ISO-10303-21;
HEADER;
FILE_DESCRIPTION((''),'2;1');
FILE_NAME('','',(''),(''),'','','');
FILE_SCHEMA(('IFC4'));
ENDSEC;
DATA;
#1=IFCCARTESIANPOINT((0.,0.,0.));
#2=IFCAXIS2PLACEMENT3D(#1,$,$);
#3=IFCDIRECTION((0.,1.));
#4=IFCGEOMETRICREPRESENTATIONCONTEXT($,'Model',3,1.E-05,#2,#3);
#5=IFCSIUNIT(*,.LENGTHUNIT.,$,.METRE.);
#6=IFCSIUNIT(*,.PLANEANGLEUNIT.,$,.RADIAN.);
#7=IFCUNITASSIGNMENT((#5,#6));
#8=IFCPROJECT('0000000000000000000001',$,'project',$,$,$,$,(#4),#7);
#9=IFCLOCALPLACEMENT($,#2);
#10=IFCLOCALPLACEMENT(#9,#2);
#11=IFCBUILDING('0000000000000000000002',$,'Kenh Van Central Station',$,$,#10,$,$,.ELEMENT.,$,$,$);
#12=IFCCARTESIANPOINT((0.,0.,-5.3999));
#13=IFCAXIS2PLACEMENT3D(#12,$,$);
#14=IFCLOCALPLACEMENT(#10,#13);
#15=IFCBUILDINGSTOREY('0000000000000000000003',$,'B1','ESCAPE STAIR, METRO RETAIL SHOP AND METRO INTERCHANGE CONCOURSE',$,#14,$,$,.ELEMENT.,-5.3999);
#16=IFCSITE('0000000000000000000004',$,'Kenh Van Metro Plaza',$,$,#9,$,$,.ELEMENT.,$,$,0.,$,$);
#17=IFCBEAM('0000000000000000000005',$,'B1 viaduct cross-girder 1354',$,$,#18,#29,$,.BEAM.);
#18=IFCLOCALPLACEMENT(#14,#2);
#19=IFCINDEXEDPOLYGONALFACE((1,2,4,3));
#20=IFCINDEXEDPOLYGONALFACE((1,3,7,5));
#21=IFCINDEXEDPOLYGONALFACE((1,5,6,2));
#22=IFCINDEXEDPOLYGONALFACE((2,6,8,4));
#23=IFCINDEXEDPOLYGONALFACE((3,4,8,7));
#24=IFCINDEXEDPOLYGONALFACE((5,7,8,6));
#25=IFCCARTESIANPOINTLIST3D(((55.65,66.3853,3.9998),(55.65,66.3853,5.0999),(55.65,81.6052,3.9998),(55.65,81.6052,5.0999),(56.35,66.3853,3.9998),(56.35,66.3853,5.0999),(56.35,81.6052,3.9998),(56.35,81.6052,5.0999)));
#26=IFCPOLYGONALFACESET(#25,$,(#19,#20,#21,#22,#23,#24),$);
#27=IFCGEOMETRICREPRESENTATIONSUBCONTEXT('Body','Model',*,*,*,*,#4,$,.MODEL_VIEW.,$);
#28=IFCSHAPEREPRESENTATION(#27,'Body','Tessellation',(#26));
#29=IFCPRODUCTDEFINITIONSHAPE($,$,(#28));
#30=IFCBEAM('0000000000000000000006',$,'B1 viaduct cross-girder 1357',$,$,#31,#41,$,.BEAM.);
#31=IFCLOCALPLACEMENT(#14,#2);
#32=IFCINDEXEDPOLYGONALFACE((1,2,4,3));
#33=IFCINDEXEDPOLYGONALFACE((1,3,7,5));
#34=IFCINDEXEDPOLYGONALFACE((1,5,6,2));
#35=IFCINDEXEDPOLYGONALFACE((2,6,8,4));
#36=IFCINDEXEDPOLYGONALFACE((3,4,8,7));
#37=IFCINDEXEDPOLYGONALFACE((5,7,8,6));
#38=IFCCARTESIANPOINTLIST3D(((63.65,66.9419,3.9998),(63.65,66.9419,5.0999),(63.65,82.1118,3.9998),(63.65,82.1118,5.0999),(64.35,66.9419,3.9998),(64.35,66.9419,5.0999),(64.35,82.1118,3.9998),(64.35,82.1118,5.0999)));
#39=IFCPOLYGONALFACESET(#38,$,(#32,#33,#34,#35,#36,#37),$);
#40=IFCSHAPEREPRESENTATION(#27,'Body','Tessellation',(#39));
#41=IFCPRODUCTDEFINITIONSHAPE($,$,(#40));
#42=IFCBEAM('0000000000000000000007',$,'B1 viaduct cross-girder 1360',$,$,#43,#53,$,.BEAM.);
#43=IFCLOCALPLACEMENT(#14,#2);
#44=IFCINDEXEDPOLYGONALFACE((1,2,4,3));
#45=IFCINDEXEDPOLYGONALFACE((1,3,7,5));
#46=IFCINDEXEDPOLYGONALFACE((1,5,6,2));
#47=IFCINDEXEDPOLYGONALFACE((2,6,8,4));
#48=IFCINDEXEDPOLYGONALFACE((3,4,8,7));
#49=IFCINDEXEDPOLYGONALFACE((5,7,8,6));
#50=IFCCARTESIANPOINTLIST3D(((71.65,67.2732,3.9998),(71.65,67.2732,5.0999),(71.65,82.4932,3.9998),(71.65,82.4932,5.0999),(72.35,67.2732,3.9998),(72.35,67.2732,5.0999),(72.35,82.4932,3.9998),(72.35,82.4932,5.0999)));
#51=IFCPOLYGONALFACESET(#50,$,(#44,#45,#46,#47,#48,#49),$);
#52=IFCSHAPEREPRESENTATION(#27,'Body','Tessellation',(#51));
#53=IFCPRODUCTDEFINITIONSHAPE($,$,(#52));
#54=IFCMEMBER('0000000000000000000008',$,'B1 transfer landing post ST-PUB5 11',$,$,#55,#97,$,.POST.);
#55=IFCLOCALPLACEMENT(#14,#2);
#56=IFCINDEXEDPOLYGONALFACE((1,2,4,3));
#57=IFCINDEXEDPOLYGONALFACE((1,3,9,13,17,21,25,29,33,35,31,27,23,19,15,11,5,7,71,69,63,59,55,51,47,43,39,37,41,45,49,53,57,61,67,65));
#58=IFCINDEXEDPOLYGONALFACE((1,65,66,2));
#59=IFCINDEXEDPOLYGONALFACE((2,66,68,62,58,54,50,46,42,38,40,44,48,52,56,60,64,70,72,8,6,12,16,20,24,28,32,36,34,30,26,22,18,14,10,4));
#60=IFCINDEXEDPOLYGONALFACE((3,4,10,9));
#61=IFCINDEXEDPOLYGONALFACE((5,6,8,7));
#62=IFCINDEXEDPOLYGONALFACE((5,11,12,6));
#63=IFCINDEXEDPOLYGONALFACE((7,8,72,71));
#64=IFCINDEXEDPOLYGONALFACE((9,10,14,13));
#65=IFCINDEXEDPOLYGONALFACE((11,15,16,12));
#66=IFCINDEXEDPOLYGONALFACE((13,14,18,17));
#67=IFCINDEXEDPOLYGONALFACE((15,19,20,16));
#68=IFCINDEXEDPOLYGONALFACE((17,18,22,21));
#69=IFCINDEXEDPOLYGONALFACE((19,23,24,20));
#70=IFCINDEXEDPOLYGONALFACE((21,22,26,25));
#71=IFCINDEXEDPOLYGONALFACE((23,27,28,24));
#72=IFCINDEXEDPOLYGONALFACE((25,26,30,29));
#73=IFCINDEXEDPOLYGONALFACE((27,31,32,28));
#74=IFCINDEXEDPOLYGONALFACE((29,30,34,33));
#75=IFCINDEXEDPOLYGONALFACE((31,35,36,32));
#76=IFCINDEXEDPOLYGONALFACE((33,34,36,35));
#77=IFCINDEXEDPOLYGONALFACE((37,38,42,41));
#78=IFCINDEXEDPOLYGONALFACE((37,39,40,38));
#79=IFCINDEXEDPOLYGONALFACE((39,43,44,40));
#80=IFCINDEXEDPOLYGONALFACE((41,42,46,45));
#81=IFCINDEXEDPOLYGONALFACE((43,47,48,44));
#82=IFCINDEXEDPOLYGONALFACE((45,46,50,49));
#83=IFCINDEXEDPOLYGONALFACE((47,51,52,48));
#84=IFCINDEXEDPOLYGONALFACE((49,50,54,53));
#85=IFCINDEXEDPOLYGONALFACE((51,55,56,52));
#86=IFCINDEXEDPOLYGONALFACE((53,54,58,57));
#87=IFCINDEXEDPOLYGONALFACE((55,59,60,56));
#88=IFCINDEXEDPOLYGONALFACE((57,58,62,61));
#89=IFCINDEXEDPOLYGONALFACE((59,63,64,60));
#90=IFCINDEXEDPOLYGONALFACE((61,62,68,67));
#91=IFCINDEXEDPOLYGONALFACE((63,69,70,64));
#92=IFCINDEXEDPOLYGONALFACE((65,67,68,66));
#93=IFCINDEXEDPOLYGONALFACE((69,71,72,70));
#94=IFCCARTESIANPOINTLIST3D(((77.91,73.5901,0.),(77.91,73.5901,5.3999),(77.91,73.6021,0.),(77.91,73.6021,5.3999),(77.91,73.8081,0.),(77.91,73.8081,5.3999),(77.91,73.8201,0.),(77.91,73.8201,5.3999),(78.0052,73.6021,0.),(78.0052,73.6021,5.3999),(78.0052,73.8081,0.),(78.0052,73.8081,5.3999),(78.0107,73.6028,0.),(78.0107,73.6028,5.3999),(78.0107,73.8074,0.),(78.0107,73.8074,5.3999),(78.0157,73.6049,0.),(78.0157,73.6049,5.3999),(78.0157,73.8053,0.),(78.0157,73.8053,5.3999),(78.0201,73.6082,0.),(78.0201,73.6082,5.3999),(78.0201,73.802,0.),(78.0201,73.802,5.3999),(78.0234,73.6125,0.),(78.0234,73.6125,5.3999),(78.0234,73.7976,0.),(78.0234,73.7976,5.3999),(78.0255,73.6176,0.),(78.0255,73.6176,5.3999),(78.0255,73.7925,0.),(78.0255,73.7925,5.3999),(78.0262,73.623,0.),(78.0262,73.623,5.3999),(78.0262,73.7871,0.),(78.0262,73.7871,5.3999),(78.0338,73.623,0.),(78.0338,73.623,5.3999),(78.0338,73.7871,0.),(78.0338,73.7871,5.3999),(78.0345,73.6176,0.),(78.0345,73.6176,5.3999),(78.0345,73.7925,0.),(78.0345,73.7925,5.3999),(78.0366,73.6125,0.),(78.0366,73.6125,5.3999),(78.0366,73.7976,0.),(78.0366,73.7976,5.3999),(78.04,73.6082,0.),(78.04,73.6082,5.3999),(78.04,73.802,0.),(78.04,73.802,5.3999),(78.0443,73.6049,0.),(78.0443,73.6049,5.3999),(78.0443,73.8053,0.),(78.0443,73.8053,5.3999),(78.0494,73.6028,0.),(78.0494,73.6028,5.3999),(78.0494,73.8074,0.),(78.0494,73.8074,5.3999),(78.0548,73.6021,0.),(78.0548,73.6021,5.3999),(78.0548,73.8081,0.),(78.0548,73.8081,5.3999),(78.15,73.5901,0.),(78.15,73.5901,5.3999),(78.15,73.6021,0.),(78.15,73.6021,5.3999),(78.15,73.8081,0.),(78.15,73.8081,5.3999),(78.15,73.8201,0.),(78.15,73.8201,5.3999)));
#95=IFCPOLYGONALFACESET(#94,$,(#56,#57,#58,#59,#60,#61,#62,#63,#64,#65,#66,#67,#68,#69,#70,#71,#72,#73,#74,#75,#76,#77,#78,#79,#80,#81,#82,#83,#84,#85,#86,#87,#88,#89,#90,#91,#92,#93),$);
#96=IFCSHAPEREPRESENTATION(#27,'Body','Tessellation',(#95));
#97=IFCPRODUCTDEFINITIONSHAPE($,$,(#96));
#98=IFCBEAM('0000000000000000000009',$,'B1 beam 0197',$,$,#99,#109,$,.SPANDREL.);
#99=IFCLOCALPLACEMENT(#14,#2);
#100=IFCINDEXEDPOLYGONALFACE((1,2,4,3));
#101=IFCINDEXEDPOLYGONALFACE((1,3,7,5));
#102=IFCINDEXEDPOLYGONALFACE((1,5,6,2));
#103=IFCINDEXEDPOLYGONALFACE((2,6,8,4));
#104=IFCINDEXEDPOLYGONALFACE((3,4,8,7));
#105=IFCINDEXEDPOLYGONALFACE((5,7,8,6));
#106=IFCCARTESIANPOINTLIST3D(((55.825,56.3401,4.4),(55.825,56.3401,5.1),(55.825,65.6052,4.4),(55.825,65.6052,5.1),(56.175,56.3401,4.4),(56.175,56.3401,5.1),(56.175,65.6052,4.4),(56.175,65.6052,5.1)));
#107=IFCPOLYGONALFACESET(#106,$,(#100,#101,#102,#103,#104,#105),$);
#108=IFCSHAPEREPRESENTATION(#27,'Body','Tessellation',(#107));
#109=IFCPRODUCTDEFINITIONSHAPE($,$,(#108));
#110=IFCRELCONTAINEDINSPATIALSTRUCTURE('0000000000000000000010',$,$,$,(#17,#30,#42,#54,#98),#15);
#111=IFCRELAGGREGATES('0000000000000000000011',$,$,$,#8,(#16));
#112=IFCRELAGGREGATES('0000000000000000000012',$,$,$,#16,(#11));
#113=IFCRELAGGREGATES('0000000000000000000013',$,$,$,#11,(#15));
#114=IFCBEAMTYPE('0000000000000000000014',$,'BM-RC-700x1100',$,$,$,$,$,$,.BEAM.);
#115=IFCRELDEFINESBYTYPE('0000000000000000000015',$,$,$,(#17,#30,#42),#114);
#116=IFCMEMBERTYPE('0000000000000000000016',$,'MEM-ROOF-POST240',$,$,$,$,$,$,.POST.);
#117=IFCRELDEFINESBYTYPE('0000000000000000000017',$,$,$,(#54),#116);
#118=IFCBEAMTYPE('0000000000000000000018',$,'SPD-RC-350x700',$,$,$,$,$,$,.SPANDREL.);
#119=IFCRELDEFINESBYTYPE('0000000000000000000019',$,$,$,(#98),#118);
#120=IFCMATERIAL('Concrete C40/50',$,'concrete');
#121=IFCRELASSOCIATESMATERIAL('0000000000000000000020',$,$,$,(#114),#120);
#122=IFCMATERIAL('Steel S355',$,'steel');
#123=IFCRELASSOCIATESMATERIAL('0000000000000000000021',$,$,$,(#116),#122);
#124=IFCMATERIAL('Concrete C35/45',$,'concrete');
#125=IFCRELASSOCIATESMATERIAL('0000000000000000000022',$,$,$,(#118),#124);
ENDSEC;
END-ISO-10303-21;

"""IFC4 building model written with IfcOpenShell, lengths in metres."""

from ifc_helpers import new_model, si_unit, direction, frame, origin, origin_2d, place, context, subcontext, project, spatial, rectangle, i_section, extrude, material, material_profile, profile_set, type_object, element, save


model = new_model("IFC4")

# Units and contexts
model_context = context("Model", 3, precision=1e-05, world=origin(), true_north=direction((0.0, 1.0)))
body_context = subcontext(model_context, "Body", "Model", "MODEL_VIEW")
ifc_project = project(units=[si_unit("LENGTHUNIT", "METRE"), si_unit("PLANEANGLEUNIT", "RADIAN")], contexts=[model_context])

# Site, building, storey
site_placement = place(None, origin())
site = spatial("IfcSite", under=ifc_project, at=site_placement, Name="Kenh Van Metro Plaza", CompositionType="ELEMENT", RefElevation=0.0)
building_placement = place(site_placement, origin())
building = spatial("IfcBuilding", under=site, at=building_placement, Name="Kenh Van Central Station", CompositionType="ELEMENT")
storey_placement = place(building_placement, frame((0.0, 0.0, -5.3999)))
storey = spatial("IfcBuildingStorey", under=building, at=storey_placement, Name="B1", Description="ESCAPE STAIR, METRO RETAIL SHOP AND METRO INTERCHANGE CONCOURSE", CompositionType="ELEMENT", Elevation=-5.3999)

# Shared definitions
ifc_material_1 = material(Name="Concrete C40/50", Category="concrete")

# Beams
ifc_material_profile_1 = material_profile(ifc_material_1, rectangle(XDim=0.7, YDim=1.1001, at=origin_2d()), Name="RC 700x1100")
ifc_profile_set_1 = profile_set([ifc_material_profile_1], Name="Concrete C40/50")
beam_type_1 = type_object("IfcBeamType", Name="BM-RC-700x1100", PredefinedType="BEAM", material=ifc_profile_set_1)
beam_1_placement = place(storey_placement, frame((56.0, 66.3853, 4.5498), z_axis=(0.0, 1.0, 0.0), x_axis=(-1.0, 0.0, 0.0)))
element("IfcBeam", 1, at=beam_1_placement, inside=storey, type_object=beam_type_1, Name="B1 viaduct cross-girder 1354", PredefinedType="BEAM", context=body_context, shape_type="SweptSolid", body=[
    extrude(rectangle(XDim=0.7, YDim=1.1001, at=origin_2d()), origin(), (0.0, 0.0, 1.0), 15.22),
])
beam_2_placement = place(storey_placement, frame((64.0, 66.9419, 4.5498), z_axis=(0.0, 1.0, 0.0), x_axis=(-1.0, 0.0, 0.0)))
element("IfcBeam", 2, at=beam_2_placement, inside=storey, type_object=beam_type_1, Name="B1 viaduct cross-girder 1357", PredefinedType="BEAM", context=body_context, shape_type="SweptSolid", body=[
    extrude(rectangle(XDim=0.7, YDim=1.1001, at=origin_2d()), origin(), (0.0, 0.0, 1.0), 15.1699),
])
beam_3_placement = place(storey_placement, frame((72.0, 67.2732, 4.5498), z_axis=(0.0, 1.0, 0.0), x_axis=(-1.0, 0.0, 0.0)))
element("IfcBeam", 3, at=beam_3_placement, inside=storey, type_object=beam_type_1, Name="B1 viaduct cross-girder 1360", PredefinedType="BEAM", context=body_context, shape_type="SweptSolid", body=[
    extrude(rectangle(XDim=0.7, YDim=1.1001, at=origin_2d()), origin(), (0.0, 0.0, 1.0), 15.22),
])

# Member
ifc_material_2 = material(Name="Steel S355", Category="steel")
ifc_material_profile_2 = material_profile(ifc_material_2, i_section(OverallWidth=0.24, OverallDepth=0.23, WebThickness=0.0076, FlangeThickness=0.012, FilletRadius=0.021, at=origin_2d()), Name="HEA 240")
ifc_profile_set_2 = profile_set([ifc_material_profile_2], Name="Steel S355")
member_type = type_object("IfcMemberType", Name="MEM-ROOF-POST240", PredefinedType="POST", material=ifc_profile_set_2)
member_placement = place(storey_placement, frame((78.03, 73.7051, 0.0), z_axis=(0.0, 0.0, 1.0), x_axis=(1.0, 0.0, 0.0)))
element("IfcMember", 4, at=member_placement, inside=storey, type_object=member_type, Name="B1 transfer landing post ST-PUB5 11", PredefinedType="POST", context=body_context, shape_type="SweptSolid", body=[
    extrude(i_section(OverallWidth=0.24, OverallDepth=0.23, WebThickness=0.0076, FlangeThickness=0.012, FilletRadius=0.021, at=origin_2d()), origin(), (0.0, 0.0, 1.0), 5.3999),
])

# Beam
ifc_material_3 = material(Name="Concrete C35/45", Category="concrete")
ifc_material_profile_3 = material_profile(ifc_material_3, rectangle(XDim=0.3501, YDim=0.7, at=origin_2d()), Name="RC 350x700")
ifc_profile_set_3 = profile_set([ifc_material_profile_3], Name="Concrete C35/45")
beam_type_2 = type_object("IfcBeamType", Name="SPD-RC-350x700", PredefinedType="SPANDREL", material=ifc_profile_set_3)
beam_4_placement = place(storey_placement, frame((56.0, 56.3401, 4.75), z_axis=(0.0, 1.0, 0.0), x_axis=(-1.0, 0.0, 0.0)))
element("IfcBeam", 5, at=beam_4_placement, inside=storey, type_object=beam_type_2, Name="B1 beam 0197", PredefinedType="SPANDREL", context=body_context, shape_type="SweptSolid", body=[
    extrude(rectangle(XDim=0.3501, YDim=0.7, at=origin_2d()), origin(), (0.0, 0.0, 1.0), 9.2651),
])

save(model, "model.ifc")
